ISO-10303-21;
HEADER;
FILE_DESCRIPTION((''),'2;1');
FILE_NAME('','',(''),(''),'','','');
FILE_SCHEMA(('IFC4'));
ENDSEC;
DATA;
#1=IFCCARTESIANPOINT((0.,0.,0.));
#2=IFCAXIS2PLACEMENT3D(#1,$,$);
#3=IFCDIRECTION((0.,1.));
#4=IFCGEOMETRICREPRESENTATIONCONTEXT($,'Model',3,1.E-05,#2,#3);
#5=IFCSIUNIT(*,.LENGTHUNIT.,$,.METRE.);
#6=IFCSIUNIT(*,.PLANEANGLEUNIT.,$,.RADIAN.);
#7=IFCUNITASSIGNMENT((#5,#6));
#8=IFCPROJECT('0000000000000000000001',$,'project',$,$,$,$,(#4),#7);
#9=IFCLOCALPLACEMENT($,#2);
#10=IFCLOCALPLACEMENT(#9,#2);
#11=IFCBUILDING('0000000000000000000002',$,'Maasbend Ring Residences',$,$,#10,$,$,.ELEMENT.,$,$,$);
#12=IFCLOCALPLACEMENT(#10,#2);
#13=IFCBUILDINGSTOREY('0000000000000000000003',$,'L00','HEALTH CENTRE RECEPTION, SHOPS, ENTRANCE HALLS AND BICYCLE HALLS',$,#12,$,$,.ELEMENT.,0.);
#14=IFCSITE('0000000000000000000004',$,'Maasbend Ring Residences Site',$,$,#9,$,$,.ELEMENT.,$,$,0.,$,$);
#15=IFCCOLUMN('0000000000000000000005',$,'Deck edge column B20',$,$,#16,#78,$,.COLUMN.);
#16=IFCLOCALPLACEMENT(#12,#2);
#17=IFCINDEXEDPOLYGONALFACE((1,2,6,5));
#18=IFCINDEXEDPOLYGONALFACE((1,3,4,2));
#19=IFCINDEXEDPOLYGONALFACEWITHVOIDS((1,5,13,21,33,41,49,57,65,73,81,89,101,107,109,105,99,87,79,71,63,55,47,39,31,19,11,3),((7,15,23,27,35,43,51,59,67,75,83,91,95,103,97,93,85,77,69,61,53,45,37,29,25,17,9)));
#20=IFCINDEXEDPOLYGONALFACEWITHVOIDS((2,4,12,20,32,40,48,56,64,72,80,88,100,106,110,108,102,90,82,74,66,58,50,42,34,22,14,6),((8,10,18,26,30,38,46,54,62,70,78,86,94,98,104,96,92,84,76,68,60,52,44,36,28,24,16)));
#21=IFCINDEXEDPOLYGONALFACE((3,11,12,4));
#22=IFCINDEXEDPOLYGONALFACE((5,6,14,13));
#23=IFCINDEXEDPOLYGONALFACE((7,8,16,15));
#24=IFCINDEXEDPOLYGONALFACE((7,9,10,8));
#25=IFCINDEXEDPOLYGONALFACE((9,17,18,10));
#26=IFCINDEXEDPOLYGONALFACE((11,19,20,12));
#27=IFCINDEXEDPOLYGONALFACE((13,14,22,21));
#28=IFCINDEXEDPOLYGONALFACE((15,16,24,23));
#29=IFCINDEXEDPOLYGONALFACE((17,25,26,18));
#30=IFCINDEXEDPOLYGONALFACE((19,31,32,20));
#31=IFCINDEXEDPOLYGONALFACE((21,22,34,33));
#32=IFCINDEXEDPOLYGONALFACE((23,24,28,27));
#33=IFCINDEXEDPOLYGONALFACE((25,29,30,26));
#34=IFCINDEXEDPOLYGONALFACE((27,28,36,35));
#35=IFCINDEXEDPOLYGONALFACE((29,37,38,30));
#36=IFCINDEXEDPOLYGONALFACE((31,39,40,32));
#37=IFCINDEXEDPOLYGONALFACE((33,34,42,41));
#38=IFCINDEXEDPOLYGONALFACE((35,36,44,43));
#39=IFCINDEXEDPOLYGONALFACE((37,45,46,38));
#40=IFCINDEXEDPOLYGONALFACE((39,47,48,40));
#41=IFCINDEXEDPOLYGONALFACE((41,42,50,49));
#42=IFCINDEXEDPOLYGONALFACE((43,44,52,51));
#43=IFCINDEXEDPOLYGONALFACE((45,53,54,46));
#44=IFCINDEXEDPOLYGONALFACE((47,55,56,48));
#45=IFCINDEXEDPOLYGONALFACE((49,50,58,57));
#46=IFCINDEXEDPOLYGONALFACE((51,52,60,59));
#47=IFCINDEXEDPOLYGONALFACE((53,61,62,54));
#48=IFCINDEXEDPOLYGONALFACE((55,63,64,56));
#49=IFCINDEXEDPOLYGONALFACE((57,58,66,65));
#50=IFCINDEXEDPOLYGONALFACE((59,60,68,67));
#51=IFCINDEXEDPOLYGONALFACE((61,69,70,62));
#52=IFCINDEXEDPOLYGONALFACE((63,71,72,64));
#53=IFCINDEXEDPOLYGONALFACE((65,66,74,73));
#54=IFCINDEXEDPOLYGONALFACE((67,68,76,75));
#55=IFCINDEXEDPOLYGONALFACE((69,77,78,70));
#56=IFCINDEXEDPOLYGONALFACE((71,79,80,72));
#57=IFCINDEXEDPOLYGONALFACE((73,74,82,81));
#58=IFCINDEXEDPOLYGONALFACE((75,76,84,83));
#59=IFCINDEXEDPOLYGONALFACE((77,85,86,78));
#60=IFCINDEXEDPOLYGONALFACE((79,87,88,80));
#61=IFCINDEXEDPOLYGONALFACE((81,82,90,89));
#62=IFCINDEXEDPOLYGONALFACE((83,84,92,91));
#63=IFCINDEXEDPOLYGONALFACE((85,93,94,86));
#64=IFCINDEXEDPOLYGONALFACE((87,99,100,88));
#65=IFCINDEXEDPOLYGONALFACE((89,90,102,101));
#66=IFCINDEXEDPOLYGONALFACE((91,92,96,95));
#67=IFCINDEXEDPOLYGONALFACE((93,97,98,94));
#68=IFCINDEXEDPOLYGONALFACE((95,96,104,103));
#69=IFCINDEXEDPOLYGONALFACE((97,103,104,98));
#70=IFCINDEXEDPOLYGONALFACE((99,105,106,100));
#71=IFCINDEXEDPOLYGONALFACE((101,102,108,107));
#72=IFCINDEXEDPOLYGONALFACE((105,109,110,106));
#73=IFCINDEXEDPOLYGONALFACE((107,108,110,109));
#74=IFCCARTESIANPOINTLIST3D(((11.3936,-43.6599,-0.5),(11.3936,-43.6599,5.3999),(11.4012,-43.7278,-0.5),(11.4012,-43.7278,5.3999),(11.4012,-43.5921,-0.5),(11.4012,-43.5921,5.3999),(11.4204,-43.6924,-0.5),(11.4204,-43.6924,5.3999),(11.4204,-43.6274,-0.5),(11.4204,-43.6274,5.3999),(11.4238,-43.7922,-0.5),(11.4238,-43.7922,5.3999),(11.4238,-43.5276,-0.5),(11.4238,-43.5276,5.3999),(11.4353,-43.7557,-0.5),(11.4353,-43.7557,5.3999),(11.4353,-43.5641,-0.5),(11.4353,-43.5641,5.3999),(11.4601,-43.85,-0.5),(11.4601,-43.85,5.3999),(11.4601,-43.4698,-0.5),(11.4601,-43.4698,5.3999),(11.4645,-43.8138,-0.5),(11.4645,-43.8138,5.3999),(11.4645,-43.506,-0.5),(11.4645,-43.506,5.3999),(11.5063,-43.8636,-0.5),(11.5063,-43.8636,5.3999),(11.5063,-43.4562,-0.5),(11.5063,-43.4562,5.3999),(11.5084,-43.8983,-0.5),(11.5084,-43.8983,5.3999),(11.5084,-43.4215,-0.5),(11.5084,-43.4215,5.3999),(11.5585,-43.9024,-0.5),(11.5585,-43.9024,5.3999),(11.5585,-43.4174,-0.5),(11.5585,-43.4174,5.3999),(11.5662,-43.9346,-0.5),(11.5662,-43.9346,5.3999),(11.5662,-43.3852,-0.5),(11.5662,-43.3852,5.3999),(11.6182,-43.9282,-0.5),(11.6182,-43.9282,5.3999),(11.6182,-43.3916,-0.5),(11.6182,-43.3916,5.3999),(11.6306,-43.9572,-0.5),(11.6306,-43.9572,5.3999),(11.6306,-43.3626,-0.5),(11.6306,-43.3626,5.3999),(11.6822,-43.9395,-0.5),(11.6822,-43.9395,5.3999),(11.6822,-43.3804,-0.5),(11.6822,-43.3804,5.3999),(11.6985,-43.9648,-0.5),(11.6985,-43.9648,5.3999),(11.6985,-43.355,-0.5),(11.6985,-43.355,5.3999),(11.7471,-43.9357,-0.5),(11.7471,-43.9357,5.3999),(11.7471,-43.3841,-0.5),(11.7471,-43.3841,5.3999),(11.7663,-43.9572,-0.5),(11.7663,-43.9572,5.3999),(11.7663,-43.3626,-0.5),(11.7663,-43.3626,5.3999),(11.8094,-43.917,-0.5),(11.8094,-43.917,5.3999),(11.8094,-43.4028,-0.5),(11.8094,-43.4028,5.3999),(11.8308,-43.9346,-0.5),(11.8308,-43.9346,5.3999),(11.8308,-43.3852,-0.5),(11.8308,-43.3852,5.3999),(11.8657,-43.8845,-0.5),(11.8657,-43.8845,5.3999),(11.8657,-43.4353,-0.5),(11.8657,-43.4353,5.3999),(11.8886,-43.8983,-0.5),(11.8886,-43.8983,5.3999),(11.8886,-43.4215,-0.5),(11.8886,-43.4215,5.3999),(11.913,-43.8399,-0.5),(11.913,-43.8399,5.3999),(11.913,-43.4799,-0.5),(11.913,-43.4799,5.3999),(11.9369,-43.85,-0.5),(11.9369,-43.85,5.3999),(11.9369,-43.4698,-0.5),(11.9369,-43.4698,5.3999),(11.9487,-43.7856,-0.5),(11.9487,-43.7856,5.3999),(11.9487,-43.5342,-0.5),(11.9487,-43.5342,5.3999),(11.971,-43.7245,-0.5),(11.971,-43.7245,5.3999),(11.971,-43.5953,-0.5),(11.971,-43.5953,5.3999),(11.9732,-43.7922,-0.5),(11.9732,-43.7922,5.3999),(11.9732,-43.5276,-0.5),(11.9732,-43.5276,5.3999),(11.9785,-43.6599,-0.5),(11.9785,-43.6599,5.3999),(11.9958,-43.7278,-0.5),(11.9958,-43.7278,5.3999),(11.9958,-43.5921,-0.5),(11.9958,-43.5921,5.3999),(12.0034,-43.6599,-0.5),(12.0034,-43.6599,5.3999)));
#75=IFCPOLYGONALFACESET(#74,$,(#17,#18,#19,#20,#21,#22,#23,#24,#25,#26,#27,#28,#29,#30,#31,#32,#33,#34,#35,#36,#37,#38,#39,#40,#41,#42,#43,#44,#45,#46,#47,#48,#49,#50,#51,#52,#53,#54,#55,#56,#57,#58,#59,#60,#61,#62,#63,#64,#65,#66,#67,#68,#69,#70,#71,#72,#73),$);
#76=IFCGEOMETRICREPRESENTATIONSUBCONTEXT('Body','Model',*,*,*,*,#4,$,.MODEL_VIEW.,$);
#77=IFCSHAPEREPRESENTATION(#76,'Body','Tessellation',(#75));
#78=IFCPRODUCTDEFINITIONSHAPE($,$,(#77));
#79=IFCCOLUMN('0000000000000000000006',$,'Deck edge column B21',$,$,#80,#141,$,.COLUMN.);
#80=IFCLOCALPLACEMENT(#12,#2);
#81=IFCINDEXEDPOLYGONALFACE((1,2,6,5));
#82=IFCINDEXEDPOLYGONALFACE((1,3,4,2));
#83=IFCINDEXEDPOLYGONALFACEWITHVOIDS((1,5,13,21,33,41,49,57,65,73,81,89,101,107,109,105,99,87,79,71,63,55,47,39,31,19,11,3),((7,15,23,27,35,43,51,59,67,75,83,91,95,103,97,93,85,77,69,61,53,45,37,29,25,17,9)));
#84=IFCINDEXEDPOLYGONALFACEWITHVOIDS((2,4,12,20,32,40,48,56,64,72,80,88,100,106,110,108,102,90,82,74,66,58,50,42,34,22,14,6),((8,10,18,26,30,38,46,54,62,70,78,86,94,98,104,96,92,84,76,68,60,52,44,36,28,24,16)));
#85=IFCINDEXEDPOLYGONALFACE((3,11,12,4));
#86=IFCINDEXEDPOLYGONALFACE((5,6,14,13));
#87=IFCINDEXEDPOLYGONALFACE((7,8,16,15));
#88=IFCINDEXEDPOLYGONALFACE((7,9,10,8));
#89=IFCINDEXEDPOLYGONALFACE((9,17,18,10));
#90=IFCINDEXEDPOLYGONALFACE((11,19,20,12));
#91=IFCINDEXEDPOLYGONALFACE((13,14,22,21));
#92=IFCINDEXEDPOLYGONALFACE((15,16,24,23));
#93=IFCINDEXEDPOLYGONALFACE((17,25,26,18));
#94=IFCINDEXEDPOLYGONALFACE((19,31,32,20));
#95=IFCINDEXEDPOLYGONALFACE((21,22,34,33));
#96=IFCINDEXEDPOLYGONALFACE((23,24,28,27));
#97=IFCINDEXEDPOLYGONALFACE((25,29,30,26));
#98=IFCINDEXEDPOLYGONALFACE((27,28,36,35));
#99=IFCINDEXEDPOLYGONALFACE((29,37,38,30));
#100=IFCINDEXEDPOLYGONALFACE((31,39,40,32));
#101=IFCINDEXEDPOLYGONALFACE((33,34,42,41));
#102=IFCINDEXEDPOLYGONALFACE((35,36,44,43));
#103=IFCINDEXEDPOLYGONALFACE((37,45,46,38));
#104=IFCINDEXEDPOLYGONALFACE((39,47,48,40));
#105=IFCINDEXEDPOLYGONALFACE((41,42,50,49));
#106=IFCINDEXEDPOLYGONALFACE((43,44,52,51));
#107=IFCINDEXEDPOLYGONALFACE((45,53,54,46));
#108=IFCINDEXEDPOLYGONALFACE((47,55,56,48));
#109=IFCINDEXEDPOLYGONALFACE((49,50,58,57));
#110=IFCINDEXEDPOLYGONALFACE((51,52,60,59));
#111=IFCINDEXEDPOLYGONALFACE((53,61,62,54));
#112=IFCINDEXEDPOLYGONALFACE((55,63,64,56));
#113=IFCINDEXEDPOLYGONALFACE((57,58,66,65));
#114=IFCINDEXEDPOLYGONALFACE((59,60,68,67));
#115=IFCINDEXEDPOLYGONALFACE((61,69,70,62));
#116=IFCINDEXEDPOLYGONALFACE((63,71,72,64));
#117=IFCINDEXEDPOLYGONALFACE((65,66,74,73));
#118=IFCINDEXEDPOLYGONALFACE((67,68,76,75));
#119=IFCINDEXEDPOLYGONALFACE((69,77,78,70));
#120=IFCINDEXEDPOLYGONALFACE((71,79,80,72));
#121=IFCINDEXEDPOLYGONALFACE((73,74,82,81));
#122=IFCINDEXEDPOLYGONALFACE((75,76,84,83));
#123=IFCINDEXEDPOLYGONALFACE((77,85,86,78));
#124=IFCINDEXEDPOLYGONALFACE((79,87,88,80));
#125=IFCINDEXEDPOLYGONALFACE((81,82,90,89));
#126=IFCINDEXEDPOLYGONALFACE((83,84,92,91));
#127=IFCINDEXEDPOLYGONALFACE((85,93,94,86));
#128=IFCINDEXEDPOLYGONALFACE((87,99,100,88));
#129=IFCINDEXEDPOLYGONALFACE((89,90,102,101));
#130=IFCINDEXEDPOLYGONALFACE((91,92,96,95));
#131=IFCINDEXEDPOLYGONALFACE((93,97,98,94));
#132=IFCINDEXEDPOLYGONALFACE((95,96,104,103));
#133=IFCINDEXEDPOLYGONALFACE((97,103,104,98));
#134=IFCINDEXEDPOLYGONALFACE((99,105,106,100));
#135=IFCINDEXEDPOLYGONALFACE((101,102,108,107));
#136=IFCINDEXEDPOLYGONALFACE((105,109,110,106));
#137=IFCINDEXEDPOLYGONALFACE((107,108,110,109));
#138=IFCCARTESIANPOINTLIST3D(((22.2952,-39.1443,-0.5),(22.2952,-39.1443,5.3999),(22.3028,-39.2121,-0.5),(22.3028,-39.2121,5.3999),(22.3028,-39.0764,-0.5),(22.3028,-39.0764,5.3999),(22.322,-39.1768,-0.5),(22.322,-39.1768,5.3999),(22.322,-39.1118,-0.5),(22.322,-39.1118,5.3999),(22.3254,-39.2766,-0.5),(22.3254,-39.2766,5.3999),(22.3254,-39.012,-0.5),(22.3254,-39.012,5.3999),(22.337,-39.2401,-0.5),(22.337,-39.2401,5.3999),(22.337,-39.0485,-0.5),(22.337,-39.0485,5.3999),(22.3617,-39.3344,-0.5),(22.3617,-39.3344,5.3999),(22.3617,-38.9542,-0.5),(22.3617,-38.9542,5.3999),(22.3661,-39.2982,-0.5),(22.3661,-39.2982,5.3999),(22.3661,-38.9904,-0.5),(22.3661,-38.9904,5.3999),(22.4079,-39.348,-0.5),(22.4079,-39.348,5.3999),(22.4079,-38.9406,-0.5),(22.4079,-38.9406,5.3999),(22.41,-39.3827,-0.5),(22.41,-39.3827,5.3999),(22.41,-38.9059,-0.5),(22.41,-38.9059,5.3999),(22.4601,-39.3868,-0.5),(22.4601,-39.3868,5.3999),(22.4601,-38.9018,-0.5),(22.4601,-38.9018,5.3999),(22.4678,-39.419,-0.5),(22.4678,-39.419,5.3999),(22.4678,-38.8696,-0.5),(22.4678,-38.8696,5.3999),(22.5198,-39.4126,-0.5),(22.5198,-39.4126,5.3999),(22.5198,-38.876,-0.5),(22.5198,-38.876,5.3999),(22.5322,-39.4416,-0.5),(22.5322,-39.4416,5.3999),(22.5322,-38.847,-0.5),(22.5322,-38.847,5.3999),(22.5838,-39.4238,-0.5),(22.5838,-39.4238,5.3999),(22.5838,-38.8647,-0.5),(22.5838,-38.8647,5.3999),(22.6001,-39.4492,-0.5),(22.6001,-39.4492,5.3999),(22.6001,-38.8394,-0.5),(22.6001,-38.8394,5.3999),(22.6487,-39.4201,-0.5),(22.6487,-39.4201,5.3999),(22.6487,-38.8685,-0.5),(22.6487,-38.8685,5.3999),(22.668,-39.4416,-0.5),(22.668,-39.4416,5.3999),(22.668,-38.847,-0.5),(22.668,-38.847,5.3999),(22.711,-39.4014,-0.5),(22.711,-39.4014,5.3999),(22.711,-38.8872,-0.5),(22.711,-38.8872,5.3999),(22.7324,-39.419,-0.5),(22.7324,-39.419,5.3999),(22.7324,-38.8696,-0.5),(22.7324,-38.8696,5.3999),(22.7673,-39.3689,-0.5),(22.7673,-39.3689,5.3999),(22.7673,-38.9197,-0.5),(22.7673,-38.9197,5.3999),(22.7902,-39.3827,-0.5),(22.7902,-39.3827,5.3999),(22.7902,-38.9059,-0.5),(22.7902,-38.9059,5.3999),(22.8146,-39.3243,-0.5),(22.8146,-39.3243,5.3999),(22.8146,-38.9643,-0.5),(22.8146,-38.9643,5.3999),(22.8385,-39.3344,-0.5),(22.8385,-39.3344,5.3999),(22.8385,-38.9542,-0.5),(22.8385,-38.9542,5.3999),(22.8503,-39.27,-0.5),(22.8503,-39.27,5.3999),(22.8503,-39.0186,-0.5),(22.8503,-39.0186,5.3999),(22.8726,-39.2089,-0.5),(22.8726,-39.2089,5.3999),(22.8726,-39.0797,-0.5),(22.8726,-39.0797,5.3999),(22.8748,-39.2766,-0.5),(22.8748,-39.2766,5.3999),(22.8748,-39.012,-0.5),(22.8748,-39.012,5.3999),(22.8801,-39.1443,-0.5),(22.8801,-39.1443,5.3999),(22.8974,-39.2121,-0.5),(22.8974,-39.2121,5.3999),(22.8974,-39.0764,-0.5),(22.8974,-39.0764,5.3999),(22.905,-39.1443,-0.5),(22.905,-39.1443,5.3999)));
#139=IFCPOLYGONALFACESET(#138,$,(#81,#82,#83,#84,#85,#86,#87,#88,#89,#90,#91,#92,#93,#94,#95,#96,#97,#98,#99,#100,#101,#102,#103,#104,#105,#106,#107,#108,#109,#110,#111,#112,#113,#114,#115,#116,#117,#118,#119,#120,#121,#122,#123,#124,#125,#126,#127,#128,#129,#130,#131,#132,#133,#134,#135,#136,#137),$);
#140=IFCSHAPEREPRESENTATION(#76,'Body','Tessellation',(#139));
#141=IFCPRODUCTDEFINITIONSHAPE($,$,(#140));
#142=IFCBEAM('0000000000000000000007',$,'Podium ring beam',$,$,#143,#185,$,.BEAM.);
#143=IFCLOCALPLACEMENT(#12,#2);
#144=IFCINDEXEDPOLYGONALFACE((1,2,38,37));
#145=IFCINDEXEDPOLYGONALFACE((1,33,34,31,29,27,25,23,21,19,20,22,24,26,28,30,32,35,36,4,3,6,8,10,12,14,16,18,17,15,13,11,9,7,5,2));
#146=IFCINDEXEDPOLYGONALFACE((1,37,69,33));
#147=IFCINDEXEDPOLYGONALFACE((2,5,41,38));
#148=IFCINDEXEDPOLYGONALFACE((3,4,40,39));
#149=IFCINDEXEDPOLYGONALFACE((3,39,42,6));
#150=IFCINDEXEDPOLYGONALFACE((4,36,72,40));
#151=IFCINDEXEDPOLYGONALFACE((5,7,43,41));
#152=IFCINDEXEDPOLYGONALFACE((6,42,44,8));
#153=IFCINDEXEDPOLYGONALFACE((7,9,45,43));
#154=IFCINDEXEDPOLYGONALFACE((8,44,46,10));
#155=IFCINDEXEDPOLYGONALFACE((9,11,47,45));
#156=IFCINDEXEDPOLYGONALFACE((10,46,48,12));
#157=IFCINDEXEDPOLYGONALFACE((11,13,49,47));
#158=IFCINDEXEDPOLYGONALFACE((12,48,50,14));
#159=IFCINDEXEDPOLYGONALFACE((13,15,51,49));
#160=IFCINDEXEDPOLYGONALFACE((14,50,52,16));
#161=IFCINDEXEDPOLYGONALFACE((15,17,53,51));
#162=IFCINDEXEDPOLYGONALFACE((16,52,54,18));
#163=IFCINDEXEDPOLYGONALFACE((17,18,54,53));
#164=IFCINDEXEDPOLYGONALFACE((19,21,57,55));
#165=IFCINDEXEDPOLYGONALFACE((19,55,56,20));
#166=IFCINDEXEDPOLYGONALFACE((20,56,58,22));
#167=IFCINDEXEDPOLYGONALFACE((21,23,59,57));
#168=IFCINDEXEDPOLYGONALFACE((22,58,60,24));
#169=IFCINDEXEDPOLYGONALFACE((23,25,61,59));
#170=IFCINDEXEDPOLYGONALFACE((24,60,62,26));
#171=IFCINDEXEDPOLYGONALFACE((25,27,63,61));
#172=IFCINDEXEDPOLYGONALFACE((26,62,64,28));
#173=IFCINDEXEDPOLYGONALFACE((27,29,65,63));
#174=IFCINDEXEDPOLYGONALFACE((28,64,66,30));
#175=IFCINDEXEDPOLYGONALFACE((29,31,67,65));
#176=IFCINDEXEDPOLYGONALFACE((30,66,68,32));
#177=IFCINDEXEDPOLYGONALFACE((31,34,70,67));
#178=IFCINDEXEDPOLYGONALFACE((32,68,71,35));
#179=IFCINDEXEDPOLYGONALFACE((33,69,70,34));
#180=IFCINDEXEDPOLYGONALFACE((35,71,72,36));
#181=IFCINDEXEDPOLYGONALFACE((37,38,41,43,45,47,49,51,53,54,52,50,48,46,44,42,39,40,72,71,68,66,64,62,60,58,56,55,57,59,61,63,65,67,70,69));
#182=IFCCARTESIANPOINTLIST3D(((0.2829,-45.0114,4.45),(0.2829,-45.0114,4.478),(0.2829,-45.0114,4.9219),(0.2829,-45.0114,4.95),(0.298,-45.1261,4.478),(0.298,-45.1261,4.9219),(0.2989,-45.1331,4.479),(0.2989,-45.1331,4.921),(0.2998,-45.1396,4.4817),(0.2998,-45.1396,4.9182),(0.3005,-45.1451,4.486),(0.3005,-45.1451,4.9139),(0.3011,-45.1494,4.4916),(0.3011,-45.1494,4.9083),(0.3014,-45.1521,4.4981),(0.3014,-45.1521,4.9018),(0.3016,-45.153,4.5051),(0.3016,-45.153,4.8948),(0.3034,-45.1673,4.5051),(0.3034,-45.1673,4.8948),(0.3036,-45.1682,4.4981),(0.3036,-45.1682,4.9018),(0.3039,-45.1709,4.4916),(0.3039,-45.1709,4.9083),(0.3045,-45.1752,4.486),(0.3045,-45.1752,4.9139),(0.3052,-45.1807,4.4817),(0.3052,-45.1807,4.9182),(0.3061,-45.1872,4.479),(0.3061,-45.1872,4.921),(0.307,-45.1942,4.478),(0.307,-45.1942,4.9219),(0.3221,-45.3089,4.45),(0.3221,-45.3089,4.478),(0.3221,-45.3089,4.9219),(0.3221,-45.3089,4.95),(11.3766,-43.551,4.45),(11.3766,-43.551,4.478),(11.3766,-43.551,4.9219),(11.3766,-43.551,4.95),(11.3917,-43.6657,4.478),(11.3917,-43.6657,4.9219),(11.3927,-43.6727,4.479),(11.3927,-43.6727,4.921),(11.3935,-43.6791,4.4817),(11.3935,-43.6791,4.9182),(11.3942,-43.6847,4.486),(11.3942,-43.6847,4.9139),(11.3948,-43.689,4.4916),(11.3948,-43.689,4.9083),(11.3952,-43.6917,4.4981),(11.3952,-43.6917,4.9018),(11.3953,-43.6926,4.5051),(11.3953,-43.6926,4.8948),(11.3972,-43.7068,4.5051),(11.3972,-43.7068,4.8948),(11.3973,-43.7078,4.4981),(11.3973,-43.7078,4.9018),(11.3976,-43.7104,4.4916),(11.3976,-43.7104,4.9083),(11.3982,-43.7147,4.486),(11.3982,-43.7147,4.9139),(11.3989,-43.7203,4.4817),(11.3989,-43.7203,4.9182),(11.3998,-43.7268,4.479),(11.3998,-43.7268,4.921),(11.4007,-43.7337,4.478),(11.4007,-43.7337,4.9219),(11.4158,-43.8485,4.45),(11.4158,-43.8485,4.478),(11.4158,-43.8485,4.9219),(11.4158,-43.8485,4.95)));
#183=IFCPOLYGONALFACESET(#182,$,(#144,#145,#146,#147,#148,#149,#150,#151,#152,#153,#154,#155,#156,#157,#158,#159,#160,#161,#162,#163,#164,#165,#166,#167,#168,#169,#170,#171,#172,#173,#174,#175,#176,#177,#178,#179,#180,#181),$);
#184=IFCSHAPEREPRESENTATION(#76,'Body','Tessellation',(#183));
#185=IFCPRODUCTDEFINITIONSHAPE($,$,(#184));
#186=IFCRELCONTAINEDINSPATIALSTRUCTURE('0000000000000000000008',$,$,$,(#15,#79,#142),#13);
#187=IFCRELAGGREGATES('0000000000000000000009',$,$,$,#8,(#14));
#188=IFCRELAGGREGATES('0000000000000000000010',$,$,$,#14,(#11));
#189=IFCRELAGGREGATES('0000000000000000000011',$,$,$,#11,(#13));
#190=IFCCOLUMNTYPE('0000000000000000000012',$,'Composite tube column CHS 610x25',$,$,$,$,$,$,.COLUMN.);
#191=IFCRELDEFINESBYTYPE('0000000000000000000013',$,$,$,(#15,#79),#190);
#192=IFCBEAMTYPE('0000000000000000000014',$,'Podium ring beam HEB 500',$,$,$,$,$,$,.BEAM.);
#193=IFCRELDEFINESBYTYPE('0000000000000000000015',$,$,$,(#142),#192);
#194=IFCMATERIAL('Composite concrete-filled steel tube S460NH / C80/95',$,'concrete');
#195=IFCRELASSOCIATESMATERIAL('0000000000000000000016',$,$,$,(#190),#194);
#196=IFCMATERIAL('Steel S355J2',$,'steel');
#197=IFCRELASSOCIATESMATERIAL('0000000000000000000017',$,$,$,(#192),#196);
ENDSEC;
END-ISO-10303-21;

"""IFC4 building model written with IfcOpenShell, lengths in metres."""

from ifc_helpers import new_model, si_unit, direction, frame, origin, origin_2d, place, context, subcontext, project, spatial, hollow_circle, i_section, extrude, material, material_profile, profile_set, type_object, element, save


model = new_model("IFC4")

# Units and contexts
model_context = context("Model", 3, precision=1e-05, world=origin(), true_north=direction((0.0, 1.0)))
body_context = subcontext(model_context, "Body", "Model", "MODEL_VIEW")
ifc_project = project(units=[si_unit("LENGTHUNIT", "METRE"), si_unit("PLANEANGLEUNIT", "RADIAN")], contexts=[model_context])

# Site, building, storey
site_placement = place(None, origin())
site = spatial("IfcSite", under=ifc_project, at=site_placement, Name="Maasbend Ring Residences Site", CompositionType="ELEMENT", RefElevation=0.0)
building_placement = place(site_placement, origin())
building = spatial("IfcBuilding", under=site, at=building_placement, Name="Maasbend Ring Residences", CompositionType="ELEMENT")
storey_placement = place(building_placement, origin())
storey = spatial("IfcBuildingStorey", under=building, at=storey_placement, Name="L00", Description="HEALTH CENTRE RECEPTION, SHOPS, ENTRANCE HALLS AND BICYCLE HALLS", CompositionType="ELEMENT", Elevation=0.0)

# Columns
ifc_material_1 = material(Name="Composite concrete-filled steel tube S460NH / C80/95", Category="concrete")
ifc_material_profile_1 = material_profile(ifc_material_1, hollow_circle(Radius=0.3049, WallThickness=0.0249, at=origin_2d()), Name="Composite tube column CHS 610x25")
ifc_profile_set_1 = profile_set([ifc_material_profile_1], Name="Composite concrete-filled steel tube S460NH / C80/95")
column_type = type_object("IfcColumnType", Name="Composite tube column CHS 610x25", PredefinedType="COLUMN", material=ifc_profile_set_1)
for number, where, z_axis, x_axis, name in (
    (1, (11.6985, -43.6599, -0.5), (0.0, 0.0, 1.0), (1.0, 0.0, 0.0), "Deck edge column B20"),
    (2, (22.6001, -39.1443, -0.5), (0.0, 0.0, 1.0), (1.0, 0.0, 0.0), "Deck edge column B21"),
):
    element("IfcColumn", number, at=place(storey_placement, frame(where, z_axis=z_axis, x_axis=x_axis)), inside=storey, type_object=column_type, Name=name, PredefinedType="COLUMN", context=body_context, shape_type="SweptSolid", body=[
        extrude(hollow_circle(Radius=0.3049, WallThickness=0.0249, at=origin_2d()), origin(), (0.0, 0.0, 1.0), 5.8999),
    ])

# Beam
ifc_material_2 = material(Name="Steel S355J2", Category="steel")
ifc_material_profile_2 = material_profile(ifc_material_2, i_section(OverallWidth=0.3, OverallDepth=0.5, WebThickness=0.0144, FlangeThickness=0.0281, FilletRadius=0.0271, at=origin_2d()), Name="HEB 500")
ifc_profile_set_2 = profile_set([ifc_material_profile_2], Name="Steel S355J2")
beam_type_1 = type_object("IfcBeamType", Name="Podium ring beam HEB 500", PredefinedType="BEAM", material=ifc_profile_set_2)
for number, where, z_axis, x_axis, name in (
    (3, (0.3025, -45.1602, 4.7), (0.991446, 0.13052, 0.0), (-0.13052, 0.991446, 0.0), "Podium ring beam"),
):
    element("IfcBeam", number, at=place(storey_placement, frame(where, z_axis=z_axis, x_axis=x_axis)), inside=storey, type_object=beam_type_1, Name=name, PredefinedType="BEAM", context=body_context, shape_type="SweptSolid", body=[
        extrude(i_section(OverallWidth=0.3, OverallDepth=0.5, WebThickness=0.0144, FlangeThickness=0.0281, FilletRadius=0.0271, at=origin_2d()), origin(), (0.0, 0.0, 1.0), 11.1895),
    ])

save(model, "model.ifc")
